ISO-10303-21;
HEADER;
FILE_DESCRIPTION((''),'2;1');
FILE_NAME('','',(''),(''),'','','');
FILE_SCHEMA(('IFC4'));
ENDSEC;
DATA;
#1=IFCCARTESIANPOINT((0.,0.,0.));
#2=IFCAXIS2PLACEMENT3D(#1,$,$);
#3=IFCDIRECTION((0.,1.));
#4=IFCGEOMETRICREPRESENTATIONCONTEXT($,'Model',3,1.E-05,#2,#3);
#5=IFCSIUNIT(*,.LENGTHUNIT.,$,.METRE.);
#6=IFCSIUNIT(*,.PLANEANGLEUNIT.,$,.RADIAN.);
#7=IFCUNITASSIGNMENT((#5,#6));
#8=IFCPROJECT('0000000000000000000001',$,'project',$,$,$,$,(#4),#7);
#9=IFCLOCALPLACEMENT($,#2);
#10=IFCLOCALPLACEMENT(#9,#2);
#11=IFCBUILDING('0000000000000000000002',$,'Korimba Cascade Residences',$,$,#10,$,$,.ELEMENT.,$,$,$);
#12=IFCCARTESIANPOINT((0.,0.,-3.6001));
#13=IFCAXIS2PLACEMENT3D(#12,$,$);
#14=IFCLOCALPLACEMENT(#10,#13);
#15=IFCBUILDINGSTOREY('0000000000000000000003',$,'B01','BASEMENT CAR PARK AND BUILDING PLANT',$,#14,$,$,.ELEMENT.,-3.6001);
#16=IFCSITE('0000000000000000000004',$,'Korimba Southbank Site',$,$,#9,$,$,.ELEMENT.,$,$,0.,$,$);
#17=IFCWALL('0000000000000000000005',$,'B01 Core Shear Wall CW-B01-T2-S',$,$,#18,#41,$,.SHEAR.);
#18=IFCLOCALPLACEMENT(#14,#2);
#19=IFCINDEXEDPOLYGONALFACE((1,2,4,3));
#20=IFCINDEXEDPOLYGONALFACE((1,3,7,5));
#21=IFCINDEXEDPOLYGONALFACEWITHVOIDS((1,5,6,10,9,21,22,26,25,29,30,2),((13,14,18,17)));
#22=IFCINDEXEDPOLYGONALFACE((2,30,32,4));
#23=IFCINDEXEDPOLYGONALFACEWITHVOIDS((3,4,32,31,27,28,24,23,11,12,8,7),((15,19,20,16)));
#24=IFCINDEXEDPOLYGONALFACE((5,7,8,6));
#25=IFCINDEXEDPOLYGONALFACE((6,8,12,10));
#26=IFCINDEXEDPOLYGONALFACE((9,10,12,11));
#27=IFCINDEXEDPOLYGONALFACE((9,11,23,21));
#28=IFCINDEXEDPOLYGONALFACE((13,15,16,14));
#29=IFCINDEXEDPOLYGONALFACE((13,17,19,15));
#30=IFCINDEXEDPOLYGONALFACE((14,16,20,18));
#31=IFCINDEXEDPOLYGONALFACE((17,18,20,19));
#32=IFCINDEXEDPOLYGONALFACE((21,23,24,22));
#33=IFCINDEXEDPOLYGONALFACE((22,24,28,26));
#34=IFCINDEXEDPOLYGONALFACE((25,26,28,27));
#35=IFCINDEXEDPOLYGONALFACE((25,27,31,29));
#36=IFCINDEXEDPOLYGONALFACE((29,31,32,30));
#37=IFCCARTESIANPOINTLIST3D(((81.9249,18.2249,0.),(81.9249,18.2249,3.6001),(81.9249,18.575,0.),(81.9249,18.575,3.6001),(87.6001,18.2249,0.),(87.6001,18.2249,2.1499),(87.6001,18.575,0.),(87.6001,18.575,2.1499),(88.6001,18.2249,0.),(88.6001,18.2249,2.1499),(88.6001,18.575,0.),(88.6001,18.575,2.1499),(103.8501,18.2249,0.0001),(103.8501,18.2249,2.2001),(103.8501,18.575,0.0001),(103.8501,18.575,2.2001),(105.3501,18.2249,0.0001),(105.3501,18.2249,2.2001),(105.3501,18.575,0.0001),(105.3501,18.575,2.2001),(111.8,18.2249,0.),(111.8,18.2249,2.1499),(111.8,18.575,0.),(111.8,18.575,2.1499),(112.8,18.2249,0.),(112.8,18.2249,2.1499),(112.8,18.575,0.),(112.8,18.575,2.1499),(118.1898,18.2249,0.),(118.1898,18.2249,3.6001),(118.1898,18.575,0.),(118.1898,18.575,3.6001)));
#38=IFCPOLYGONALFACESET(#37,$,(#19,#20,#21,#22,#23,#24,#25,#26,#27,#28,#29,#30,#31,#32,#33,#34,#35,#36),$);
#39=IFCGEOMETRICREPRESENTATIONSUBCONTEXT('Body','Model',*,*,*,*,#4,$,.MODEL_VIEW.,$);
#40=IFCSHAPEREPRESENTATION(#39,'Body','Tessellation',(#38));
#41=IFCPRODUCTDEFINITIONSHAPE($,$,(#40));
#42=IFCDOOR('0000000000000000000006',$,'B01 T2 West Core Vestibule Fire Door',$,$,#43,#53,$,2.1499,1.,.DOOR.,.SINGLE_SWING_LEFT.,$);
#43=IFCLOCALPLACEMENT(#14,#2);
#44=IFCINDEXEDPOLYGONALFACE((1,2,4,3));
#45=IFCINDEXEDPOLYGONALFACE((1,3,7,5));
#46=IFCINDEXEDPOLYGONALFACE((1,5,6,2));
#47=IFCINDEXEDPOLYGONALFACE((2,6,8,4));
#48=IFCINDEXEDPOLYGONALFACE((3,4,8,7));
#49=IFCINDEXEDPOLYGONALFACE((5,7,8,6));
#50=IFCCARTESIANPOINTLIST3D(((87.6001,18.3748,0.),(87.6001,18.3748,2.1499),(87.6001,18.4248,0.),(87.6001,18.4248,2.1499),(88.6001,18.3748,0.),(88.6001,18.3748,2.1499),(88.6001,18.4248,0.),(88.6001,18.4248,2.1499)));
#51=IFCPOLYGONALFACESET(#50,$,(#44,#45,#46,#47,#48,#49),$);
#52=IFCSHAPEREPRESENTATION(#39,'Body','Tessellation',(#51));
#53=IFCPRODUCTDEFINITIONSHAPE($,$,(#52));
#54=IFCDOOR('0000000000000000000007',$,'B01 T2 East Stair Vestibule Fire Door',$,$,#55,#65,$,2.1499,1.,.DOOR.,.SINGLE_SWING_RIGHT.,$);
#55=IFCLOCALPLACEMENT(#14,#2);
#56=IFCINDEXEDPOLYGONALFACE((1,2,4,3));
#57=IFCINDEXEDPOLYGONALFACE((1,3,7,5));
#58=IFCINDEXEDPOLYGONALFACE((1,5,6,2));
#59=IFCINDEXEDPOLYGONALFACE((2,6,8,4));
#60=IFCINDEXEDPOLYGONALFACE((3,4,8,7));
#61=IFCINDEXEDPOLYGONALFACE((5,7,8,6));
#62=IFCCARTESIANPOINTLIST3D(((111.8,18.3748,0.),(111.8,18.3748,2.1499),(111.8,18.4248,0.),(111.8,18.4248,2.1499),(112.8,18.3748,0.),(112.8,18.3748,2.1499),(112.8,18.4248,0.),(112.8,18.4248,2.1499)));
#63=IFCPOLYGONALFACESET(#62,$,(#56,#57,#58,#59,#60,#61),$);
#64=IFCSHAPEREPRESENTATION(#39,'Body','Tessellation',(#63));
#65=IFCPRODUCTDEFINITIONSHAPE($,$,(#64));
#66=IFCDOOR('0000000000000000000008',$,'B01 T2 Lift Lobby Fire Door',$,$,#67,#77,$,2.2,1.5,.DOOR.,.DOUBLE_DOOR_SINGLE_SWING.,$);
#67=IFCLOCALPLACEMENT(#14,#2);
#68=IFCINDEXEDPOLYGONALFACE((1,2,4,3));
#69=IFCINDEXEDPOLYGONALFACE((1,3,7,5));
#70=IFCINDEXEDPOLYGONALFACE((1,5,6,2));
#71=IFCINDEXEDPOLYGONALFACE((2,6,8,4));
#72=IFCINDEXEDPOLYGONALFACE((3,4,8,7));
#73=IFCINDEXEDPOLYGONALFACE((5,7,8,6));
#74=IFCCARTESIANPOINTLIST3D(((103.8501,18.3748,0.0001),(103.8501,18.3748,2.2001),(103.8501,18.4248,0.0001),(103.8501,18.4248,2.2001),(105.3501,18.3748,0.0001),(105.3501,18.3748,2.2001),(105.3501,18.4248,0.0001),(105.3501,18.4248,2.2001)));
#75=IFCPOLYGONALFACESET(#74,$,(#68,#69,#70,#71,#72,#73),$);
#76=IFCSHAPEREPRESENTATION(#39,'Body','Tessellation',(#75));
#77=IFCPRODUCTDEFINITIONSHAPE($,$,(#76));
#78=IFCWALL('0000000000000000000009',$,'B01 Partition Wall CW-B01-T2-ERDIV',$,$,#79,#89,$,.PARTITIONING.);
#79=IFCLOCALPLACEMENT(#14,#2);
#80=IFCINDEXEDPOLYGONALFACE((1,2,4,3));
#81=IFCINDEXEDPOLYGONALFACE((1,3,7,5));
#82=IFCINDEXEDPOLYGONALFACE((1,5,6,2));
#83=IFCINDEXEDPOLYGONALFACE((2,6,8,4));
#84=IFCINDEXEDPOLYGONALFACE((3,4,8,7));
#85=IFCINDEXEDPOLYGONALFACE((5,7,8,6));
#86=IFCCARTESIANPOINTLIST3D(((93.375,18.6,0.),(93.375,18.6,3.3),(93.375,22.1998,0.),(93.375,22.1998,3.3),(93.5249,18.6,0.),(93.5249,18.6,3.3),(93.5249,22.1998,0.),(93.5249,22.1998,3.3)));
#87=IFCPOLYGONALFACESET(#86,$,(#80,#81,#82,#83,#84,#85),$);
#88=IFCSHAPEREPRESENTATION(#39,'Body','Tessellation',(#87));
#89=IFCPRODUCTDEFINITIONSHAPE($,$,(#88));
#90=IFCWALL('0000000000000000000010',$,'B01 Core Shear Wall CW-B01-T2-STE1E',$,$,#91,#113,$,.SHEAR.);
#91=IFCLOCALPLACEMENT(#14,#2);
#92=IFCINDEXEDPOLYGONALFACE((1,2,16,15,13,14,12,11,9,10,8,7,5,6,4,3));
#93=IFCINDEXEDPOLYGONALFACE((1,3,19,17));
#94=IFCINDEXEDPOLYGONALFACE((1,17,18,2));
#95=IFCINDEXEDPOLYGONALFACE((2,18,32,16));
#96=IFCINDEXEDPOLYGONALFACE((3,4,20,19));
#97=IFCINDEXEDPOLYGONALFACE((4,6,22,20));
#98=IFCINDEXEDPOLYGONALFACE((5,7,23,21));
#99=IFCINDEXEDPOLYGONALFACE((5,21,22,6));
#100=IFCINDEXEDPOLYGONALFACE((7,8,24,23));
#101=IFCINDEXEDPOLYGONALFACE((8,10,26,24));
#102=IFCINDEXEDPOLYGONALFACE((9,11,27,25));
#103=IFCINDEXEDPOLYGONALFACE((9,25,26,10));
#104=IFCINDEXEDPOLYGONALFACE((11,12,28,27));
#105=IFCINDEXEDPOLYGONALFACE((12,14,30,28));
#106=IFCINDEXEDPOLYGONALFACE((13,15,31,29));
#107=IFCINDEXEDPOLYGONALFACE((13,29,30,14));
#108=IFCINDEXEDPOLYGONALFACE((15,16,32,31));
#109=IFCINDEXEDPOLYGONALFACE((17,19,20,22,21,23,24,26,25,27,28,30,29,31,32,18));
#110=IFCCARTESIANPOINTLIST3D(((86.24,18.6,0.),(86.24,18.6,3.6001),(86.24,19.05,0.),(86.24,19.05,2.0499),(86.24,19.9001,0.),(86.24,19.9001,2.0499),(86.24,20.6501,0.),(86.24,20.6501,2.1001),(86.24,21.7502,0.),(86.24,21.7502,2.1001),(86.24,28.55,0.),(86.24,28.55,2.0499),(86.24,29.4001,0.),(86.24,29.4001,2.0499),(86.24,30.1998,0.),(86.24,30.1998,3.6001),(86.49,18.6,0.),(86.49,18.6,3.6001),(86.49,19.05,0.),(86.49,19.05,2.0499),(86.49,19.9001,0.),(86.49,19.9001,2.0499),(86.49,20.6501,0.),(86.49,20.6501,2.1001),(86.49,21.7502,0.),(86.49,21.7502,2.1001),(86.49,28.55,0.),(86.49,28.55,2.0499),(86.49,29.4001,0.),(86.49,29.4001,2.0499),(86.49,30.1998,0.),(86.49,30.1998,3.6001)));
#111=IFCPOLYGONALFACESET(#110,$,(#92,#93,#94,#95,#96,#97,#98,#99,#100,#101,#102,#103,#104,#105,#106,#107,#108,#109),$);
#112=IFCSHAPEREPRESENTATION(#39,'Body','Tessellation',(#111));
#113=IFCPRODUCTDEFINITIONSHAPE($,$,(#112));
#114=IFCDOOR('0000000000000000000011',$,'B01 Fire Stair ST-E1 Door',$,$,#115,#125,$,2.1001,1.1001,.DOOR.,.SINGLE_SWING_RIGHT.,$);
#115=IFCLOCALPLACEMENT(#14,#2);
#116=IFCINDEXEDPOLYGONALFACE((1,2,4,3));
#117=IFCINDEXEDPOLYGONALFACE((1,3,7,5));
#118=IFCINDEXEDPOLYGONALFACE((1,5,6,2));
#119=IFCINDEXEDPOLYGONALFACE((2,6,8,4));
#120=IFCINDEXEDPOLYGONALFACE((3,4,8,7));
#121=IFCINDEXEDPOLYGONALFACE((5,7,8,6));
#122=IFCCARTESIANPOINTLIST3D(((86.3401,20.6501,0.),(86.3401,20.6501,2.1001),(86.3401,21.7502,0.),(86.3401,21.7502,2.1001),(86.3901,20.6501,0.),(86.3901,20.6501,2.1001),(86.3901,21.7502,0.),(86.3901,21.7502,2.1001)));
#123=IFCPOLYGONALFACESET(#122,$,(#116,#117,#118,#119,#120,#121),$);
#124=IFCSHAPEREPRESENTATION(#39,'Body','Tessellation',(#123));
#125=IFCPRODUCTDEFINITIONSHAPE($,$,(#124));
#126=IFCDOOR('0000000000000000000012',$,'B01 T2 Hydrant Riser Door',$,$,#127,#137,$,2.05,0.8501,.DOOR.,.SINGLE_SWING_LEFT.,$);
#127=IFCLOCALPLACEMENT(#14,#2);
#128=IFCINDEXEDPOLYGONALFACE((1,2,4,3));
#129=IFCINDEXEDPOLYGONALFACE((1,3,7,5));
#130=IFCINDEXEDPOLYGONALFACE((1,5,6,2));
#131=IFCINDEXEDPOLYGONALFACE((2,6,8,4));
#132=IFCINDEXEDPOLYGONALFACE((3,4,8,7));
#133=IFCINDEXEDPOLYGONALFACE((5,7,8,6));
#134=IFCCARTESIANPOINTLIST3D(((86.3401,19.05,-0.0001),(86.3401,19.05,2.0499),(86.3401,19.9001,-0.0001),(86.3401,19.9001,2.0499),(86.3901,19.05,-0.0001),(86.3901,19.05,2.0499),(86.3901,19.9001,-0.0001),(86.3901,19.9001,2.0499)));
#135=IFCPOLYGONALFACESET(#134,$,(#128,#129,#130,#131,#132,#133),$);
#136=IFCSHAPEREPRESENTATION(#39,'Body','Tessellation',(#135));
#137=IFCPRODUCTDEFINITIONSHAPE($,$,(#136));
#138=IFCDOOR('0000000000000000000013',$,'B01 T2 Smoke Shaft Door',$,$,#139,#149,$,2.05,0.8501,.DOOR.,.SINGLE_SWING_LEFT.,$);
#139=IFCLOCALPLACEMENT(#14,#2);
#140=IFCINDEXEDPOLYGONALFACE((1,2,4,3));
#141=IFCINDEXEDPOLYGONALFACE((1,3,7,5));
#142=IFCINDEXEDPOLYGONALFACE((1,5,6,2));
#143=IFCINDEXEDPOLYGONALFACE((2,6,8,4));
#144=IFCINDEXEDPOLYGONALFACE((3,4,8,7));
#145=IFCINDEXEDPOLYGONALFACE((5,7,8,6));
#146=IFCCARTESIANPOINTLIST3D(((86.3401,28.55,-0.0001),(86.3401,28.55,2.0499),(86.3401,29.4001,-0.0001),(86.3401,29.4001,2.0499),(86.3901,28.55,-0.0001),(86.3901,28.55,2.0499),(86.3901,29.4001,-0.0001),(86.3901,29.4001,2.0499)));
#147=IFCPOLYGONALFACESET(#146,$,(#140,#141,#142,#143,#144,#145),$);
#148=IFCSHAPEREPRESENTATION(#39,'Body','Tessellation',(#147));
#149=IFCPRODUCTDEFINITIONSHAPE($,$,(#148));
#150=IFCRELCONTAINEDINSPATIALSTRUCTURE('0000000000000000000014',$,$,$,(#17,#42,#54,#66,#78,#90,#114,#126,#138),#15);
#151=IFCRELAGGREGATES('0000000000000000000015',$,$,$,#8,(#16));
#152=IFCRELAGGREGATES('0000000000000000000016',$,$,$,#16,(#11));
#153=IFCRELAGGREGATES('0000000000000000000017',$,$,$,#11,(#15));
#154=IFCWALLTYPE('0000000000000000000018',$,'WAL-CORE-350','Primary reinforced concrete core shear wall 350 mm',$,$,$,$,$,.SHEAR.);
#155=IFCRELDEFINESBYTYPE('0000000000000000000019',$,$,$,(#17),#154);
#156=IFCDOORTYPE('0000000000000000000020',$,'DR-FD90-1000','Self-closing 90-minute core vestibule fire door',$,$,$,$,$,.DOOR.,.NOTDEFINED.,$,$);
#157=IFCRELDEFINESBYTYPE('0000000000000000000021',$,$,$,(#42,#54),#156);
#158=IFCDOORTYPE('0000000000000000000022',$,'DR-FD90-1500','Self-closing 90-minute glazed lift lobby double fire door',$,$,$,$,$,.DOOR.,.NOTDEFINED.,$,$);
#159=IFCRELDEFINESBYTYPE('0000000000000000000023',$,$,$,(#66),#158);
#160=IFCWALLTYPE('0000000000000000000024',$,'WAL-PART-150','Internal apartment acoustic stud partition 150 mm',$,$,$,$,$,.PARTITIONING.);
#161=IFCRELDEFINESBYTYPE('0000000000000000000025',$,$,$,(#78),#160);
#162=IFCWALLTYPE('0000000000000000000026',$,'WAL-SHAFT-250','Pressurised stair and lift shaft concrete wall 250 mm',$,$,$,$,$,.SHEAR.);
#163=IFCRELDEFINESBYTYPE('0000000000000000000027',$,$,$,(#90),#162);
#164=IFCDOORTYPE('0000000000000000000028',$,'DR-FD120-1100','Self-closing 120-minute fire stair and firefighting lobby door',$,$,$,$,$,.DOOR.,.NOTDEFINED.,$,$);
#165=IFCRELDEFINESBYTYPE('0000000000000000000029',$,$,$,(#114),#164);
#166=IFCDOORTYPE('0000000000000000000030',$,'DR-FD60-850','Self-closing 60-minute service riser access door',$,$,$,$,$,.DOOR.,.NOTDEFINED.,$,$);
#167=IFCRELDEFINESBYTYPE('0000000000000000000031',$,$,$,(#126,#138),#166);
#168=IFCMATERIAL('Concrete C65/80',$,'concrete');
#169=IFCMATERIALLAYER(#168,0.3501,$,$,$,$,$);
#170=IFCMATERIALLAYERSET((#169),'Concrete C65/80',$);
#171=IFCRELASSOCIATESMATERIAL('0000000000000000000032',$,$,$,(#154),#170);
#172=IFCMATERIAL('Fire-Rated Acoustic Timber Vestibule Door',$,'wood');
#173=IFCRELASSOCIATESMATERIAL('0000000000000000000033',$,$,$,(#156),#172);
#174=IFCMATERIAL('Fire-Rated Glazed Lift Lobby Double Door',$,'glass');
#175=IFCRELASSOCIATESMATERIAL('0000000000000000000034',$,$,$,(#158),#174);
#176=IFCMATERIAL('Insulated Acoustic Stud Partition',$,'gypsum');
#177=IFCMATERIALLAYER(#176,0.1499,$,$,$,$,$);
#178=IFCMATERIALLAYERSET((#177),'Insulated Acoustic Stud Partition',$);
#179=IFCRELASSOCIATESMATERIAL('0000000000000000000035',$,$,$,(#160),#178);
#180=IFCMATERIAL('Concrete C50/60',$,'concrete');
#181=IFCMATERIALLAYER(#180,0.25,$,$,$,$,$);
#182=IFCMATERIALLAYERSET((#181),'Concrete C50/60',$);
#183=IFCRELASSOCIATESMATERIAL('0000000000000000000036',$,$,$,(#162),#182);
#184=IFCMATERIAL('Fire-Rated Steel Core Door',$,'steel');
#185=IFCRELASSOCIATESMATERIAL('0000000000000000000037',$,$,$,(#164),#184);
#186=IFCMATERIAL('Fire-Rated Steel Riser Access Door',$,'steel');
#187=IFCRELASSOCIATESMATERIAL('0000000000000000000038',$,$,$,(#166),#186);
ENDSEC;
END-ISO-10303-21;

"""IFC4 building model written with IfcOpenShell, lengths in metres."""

from ifc_helpers import new_model, si_unit, direction, frame, frame_2d, origin, place, context, subcontext, project, spatial, rectangle, extrude, material, layer, layer_set, type_object, element, fill, save


model = new_model("IFC4")

# Units and contexts
model_context = context("Model", 3, precision=1e-05, world=origin(), true_north=direction((0.0, 1.0)))
body_context = subcontext(model_context, "Body", "Model", "MODEL_VIEW")
ifc_project = project(units=[si_unit("LENGTHUNIT", "METRE"), si_unit("PLANEANGLEUNIT", "RADIAN")], contexts=[model_context])

# Site, building, storey
site_placement = place(None, origin())
site = spatial("IfcSite", under=ifc_project, at=site_placement, Name="Korimba Southbank Site", CompositionType="ELEMENT", RefElevation=0.0)
building_placement = place(site_placement, origin())
building = spatial("IfcBuilding", under=site, at=building_placement, Name="Korimba Cascade Residences", CompositionType="ELEMENT")
storey_placement = place(building_placement, frame((0.0, 0.0, -3.6001)))
storey = spatial("IfcBuildingStorey", under=building, at=storey_placement, Name="B01", Description="BASEMENT CAR PARK AND BUILDING PLANT", CompositionType="ELEMENT", Elevation=-3.6001)

# Shared definitions
ifc_material_1 = material(Name="Concrete C50/60", Category="concrete")

# Shared definitions
ifc_material_2 = material(Name="Concrete C65/80", Category="concrete")
ifc_layer_1 = layer(ifc_material_2, 0.3501)
ifc_layer_set_1 = layer_set([ifc_layer_1], Name="Concrete C65/80")
wall_type_1 = type_object("IfcWallType", Name="WAL-CORE-350", Description="Primary reinforced concrete core shear wall 350 mm", PredefinedType="SHEAR", material=ifc_layer_set_1)

# Wall, openings, doors
wall_1_placement = place(storey_placement, frame((81.925, 18.3999, 0.0), z_axis=(0.0, 0.0, 1.0), x_axis=(1.0, 0.0, 0.0)))
wall_1 = element("IfcWall", 1, at=wall_1_placement, inside=storey, type_object=wall_type_1, Name="B01 Core Shear Wall CW-B01-T2-S", PredefinedType="SHEAR", context=body_context, shape_type="SweptSolid", body=[
    extrude(rectangle(XDim=36.2649, YDim=0.3501, at=frame_2d((18.1323, 0.0))), origin(), (0.0, 0.0, 1.0), 3.6001),
])
opening_1_placement = place(wall_1_placement, frame((5.675, 0.0, 0.0)))
opening_1 = element("IfcOpeningElement", 2, at=opening_1_placement, cuts=wall_1, PredefinedType="OPENING", context=body_context, shape_type="SweptSolid", body=[
    extrude(rectangle(XDim=1.0, YDim=2.1499, at=frame_2d((0.5, 1.075))), frame((0.0, 0.1851, 0.0), z_axis=(0.0, -1.0, 0.0), x_axis=(1.0, 0.0, 0.0)), (0.0, 0.0, 1.0), 0.3701),
])
opening_2_placement = place(wall_1_placement, frame((21.925, 0.0, 0.0)))
opening_2 = element("IfcOpeningElement", 3, at=opening_2_placement, cuts=wall_1, PredefinedType="OPENING", context=body_context, shape_type="SweptSolid", body=[
    extrude(rectangle(XDim=1.5, YDim=2.2, at=frame_2d((0.75, 1.1001))), frame((0.0, 0.1851, 0.0), z_axis=(0.0, -1.0, 0.0), x_axis=(1.0, 0.0, 0.0)), (0.0, 0.0, 1.0), 0.3701),
])
opening_3_placement = place(wall_1_placement, frame((29.875, 0.0, 0.0)))
opening_3 = element("IfcOpeningElement", 4, at=opening_3_placement, cuts=wall_1, PredefinedType="OPENING", context=body_context, shape_type="SweptSolid", body=[
    extrude(rectangle(XDim=1.0, YDim=2.1499, at=frame_2d((0.5, 1.075))), frame((0.0, 0.1851, 0.0), z_axis=(0.0, -1.0, 0.0), x_axis=(1.0, 0.0, 0.0)), (0.0, 0.0, 1.0), 0.3701),
])
ifc_material_3 = material(Name="Fire-Rated Acoustic Timber Vestibule Door", Category="wood")
door_type_1 = type_object("IfcDoorType", Name="DR-FD90-1000", Description="Self-closing 90-minute core vestibule fire door", OperationType="NOTDEFINED", PredefinedType="DOOR", material=ifc_material_3)
door_1_placement = place(opening_1_placement, origin())
door_1 = element("IfcDoor", 5, at=door_1_placement, inside=storey, type_object=door_type_1, Name="B01 T2 West Core Vestibule Fire Door", OperationType="SINGLE_SWING_LEFT", OverallHeight=2.1499, OverallWidth=1.0, PredefinedType="DOOR", context=body_context, shape_type="SweptSolid", body=[
    extrude(rectangle(XDim=1.0, YDim=2.1499, at=frame_2d((0.5, 1.075))), frame((0.0, 0.0249, 0.0), z_axis=(0.0, -1.0, 0.0), x_axis=(1.0, 0.0, 0.0)), (0.0, 0.0, 1.0), 0.05),
])
fill(opening_1, door_1)
door_2_placement = place(opening_3_placement, origin())
door_2 = element("IfcDoor", 6, at=door_2_placement, inside=storey, type_object=door_type_1, Name="B01 T2 East Stair Vestibule Fire Door", OperationType="SINGLE_SWING_RIGHT", OverallHeight=2.1499, OverallWidth=1.0, PredefinedType="DOOR", context=body_context, shape_type="SweptSolid", body=[
    extrude(rectangle(XDim=1.0, YDim=2.1499, at=frame_2d((0.5, 1.075))), frame((0.0, 0.0249, 0.0), z_axis=(0.0, -1.0, 0.0), x_axis=(1.0, 0.0, 0.0)), (0.0, 0.0, 1.0), 0.05),
])
fill(opening_3, door_2)
ifc_material_4 = material(Name="Fire-Rated Glazed Lift Lobby Double Door", Category="glass")
door_type_2 = type_object("IfcDoorType", Name="DR-FD90-1500", Description="Self-closing 90-minute glazed lift lobby double fire door", OperationType="NOTDEFINED", PredefinedType="DOOR", material=ifc_material_4)
door_3_placement = place(opening_2_placement, origin())
door_3 = element("IfcDoor", 7, at=door_3_placement, inside=storey, type_object=door_type_2, Name="B01 T2 Lift Lobby Fire Door", OperationType="DOUBLE_DOOR_SINGLE_SWING", OverallHeight=2.2, OverallWidth=1.5, PredefinedType="DOOR", context=body_context, shape_type="SweptSolid", body=[
    extrude(rectangle(XDim=1.5, YDim=2.2, at=frame_2d((0.75, 1.1001))), frame((0.0, 0.0249, 0.0), z_axis=(0.0, -1.0, 0.0), x_axis=(1.0, 0.0, 0.0)), (0.0, 0.0, 1.0), 0.05),
])
fill(opening_2, door_3)

# Wall
ifc_material_5 = material(Name="Insulated Acoustic Stud Partition", Category="gypsum")
ifc_layer_2 = layer(ifc_material_5, 0.1499)
ifc_layer_set_2 = layer_set([ifc_layer_2], Name="Insulated Acoustic Stud Partition")
wall_type_2 = type_object("IfcWallType", Name="WAL-PART-150", Description="Internal apartment acoustic stud partition 150 mm", PredefinedType="PARTITIONING", material=ifc_layer_set_2)
wall_2_placement = place(storey_placement, frame((93.45, 18.6001, 0.0), z_axis=(0.0, 0.0, 1.0), x_axis=(0.0, 1.0, 0.0)))
element("IfcWall", 8, at=wall_2_placement, inside=storey, type_object=wall_type_2, Name="B01 Partition Wall CW-B01-T2-ERDIV", PredefinedType="PARTITIONING", context=body_context, shape_type="SweptSolid", body=[
    extrude(rectangle(XDim=3.5999, YDim=0.1499, at=frame_2d((1.7998, 0.0))), origin(), (0.0, 0.0, 1.0), 3.3),
])

# Wall, openings, doors
ifc_layer_3 = layer(ifc_material_1, 0.25)
ifc_layer_set_3 = layer_set([ifc_layer_3], Name="Concrete C50/60")
wall_type_3 = type_object("IfcWallType", Name="WAL-SHAFT-250", Description="Pressurised stair and lift shaft concrete wall 250 mm", PredefinedType="SHEAR", material=ifc_layer_set_3)
wall_3_placement = place(storey_placement, frame((86.365, 18.6001, 0.0), z_axis=(0.0, 0.0, 1.0), x_axis=(0.0, 1.0, 0.0)))
wall_3 = element("IfcWall", 9, at=wall_3_placement, inside=storey, type_object=wall_type_3, Name="B01 Core Shear Wall CW-B01-T2-STE1E", PredefinedType="SHEAR", context=body_context, shape_type="SweptSolid", body=[
    extrude(rectangle(XDim=11.5999, YDim=0.25, at=frame_2d((5.7998, 0.0))), origin(), (0.0, 0.0, 1.0), 3.6001),
])
opening_4_placement = place(wall_3_placement, frame((0.45, 0.0, 0.0)))
opening_4 = element("IfcOpeningElement", 10, at=opening_4_placement, cuts=wall_3, PredefinedType="OPENING", context=body_context, shape_type="SweptSolid", body=[
    extrude(rectangle(XDim=0.8501, YDim=2.05, at=frame_2d((0.425, 1.0249))), frame((0.0, 0.135, 0.0), z_axis=(0.0, -1.0, 0.0), x_axis=(1.0, 0.0, 0.0)), (0.0, 0.0, 1.0), 0.27),
])
opening_5_placement = place(wall_3_placement, frame((2.05, 0.0, 0.0)))
opening_5 = element("IfcOpeningElement", 11, at=opening_5_placement, cuts=wall_3, PredefinedType="OPENING", context=body_context, shape_type="SweptSolid", body=[
    extrude(rectangle(XDim=1.1001, YDim=2.1001, at=frame_2d((0.55, 1.05))), frame((0.0, 0.135, 0.0), z_axis=(0.0, -1.0, 0.0), x_axis=(1.0, 0.0, 0.0)), (0.0, 0.0, 1.0), 0.27),
])
opening_6_placement = place(wall_3_placement, frame((9.95, 0.0, 0.0)))
opening_6 = element("IfcOpeningElement", 12, at=opening_6_placement, cuts=wall_3, PredefinedType="OPENING", context=body_context, shape_type="SweptSolid", body=[
    extrude(rectangle(XDim=0.8501, YDim=2.05, at=frame_2d((0.425, 1.0249))), frame((0.0, 0.135, 0.0), z_axis=(0.0, -1.0, 0.0), x_axis=(1.0, 0.0, 0.0)), (0.0, 0.0, 1.0), 0.27),
])
ifc_material_6 = material(Name="Fire-Rated Steel Core Door", Category="steel")
door_type_3 = type_object("IfcDoorType", Name="DR-FD120-1100", Description="Self-closing 120-minute fire stair and firefighting lobby door", OperationType="NOTDEFINED", PredefinedType="DOOR", material=ifc_material_6)
door_4_placement = place(opening_5_placement, origin())
door_4 = element("IfcDoor", 13, at=door_4_placement, inside=storey, type_object=door_type_3, Name="B01 Fire Stair ST-E1 Door", OperationType="SINGLE_SWING_RIGHT", OverallHeight=2.1001, OverallWidth=1.1001, PredefinedType="DOOR", context=body_context, shape_type="SweptSolid", body=[
    extrude(rectangle(XDim=1.1001, YDim=2.1001, at=frame_2d((0.55, 1.05))), frame((0.0, 0.0249, 0.0), z_axis=(0.0, -1.0, 0.0), x_axis=(1.0, 0.0, 0.0)), (0.0, 0.0, 1.0), 0.05),
])
fill(opening_5, door_4)
ifc_material_7 = material(Name="Fire-Rated Steel Riser Access Door", Category="steel")
door_type_4 = type_object("IfcDoorType", Name="DR-FD60-850", Description="Self-closing 60-minute service riser access door", OperationType="NOTDEFINED", PredefinedType="DOOR", material=ifc_material_7)
door_5_placement = place(opening_4_placement, origin())
door_5 = element("IfcDoor", 14, at=door_5_placement, inside=storey, type_object=door_type_4, Name="B01 T2 Hydrant Riser Door", OperationType="SINGLE_SWING_LEFT", OverallHeight=2.05, OverallWidth=0.8501, PredefinedType="DOOR", context=body_context, shape_type="SweptSolid", body=[
    extrude(rectangle(XDim=0.8501, YDim=2.05, at=frame_2d((0.425, 1.0249))), frame((0.0, 0.0249, 0.0), z_axis=(0.0, -1.0, 0.0), x_axis=(1.0, 0.0, 0.0)), (0.0, 0.0, 1.0), 0.05),
])
fill(opening_4, door_5)
door_6_placement = place(opening_6_placement, origin())
door_6 = element("IfcDoor", 15, at=door_6_placement, inside=storey, type_object=door_type_4, Name="B01 T2 Smoke Shaft Door", OperationType="SINGLE_SWING_LEFT", OverallHeight=2.05, OverallWidth=0.8501, PredefinedType="DOOR", context=body_context, shape_type="SweptSolid", body=[
    extrude(rectangle(XDim=0.8501, YDim=2.05, at=frame_2d((0.425, 1.0249))), frame((0.0, 0.0249, 0.0), z_axis=(0.0, -1.0, 0.0), x_axis=(1.0, 0.0, 0.0)), (0.0, 0.0, 1.0), 0.05),
])
fill(opening_6, door_6)

save(model, "model.ifc")
